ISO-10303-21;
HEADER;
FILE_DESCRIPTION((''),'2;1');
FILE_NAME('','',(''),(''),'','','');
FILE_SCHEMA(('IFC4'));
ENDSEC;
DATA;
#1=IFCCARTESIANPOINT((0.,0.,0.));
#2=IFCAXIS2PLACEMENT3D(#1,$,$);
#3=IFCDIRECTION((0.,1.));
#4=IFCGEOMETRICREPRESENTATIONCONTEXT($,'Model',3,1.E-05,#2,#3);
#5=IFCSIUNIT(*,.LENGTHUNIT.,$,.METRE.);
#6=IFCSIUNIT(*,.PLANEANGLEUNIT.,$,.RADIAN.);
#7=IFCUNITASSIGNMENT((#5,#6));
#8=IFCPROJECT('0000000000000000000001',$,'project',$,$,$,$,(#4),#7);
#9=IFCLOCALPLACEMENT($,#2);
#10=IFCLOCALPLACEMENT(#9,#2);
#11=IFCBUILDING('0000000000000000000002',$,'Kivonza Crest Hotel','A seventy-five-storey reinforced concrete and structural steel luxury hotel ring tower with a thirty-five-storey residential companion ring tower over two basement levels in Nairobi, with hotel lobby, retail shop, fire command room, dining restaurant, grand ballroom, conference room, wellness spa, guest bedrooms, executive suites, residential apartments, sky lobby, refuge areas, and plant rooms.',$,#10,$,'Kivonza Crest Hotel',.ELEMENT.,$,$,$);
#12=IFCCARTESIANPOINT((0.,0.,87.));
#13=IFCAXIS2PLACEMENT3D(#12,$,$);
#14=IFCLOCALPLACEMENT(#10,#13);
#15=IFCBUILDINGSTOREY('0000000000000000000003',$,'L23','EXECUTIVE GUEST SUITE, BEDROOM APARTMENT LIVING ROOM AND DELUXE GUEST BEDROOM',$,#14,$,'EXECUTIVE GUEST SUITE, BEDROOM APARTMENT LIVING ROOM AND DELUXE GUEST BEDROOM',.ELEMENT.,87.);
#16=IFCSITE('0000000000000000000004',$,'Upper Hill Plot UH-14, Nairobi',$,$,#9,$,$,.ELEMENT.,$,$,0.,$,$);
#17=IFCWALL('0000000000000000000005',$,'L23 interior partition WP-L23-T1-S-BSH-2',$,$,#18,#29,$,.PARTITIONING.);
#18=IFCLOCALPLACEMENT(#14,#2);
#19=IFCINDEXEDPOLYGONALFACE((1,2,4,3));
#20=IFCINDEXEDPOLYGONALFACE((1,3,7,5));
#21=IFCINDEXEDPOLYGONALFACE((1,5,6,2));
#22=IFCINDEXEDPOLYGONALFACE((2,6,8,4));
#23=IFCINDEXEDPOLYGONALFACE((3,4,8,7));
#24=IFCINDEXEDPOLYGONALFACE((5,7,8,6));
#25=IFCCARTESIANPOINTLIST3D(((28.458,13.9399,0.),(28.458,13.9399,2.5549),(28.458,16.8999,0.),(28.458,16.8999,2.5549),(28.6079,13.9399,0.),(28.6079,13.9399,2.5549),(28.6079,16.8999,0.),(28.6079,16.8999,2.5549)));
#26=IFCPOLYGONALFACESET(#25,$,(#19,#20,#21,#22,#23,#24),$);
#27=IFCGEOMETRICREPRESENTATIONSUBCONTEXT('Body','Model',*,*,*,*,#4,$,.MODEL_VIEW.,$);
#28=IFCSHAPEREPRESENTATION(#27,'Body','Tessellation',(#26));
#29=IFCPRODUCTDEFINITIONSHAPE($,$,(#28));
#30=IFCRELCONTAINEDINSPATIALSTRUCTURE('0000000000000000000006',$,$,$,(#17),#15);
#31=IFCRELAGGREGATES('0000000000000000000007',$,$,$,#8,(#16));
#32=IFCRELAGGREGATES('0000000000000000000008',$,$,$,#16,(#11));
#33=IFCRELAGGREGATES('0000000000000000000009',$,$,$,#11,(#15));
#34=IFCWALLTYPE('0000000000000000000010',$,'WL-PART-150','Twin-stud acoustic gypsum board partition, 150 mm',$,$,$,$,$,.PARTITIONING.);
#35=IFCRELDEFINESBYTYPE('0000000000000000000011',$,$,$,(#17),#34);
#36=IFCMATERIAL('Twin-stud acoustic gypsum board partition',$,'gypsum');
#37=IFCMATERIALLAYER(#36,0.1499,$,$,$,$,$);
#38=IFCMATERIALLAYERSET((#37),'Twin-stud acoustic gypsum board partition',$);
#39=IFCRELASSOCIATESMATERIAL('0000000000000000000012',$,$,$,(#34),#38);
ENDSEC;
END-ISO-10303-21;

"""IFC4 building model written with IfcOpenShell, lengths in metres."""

from ifc_helpers import new_model, si_unit, direction, frame, frame_2d, origin, place, context, subcontext, project, spatial, rectangle, extrude, material, layer, layer_set, type_object, element, save


model = new_model("IFC4")

# Units and contexts
model_context = context("Model", 3, precision=1e-05, world=origin(), true_north=direction((0.0, 1.0)))
body_context = subcontext(model_context, "Body", "Model", "MODEL_VIEW")
ifc_project = project(units=[si_unit("LENGTHUNIT", "METRE"), si_unit("PLANEANGLEUNIT", "RADIAN")], contexts=[model_context])

# Site, building, storey
site_placement = place(None, origin())
site = spatial("IfcSite", under=ifc_project, at=site_placement, Name="Upper Hill Plot UH-14, Nairobi", CompositionType="ELEMENT", RefElevation=0.0)
building_placement = place(site_placement, origin())
building = spatial("IfcBuilding", under=site, at=building_placement, Name="Kivonza Crest Hotel", Description="A seventy-five-storey reinforced concrete and structural steel luxury hotel ring tower with a thirty-five-storey residential companion ring tower over two basement levels in Nairobi, with hotel lobby, retail shop, fire command room, dining restaurant, grand ballroom, conference room, wellness spa, guest bedrooms, executive suites, residential apartments, sky lobby, refuge areas, and plant rooms.", LongName="Kivonza Crest Hotel", CompositionType="ELEMENT")
storey_placement = place(building_placement, frame((0.0, 0.0, 87.0)))
storey = spatial("IfcBuildingStorey", under=building, at=storey_placement, Name="L23", Description="EXECUTIVE GUEST SUITE, BEDROOM APARTMENT LIVING ROOM AND DELUXE GUEST BEDROOM", LongName="EXECUTIVE GUEST SUITE, BEDROOM APARTMENT LIVING ROOM AND DELUXE GUEST BEDROOM", CompositionType="ELEMENT", Elevation=87.0)

# Wall
ifc_material_1 = material(Name="Twin-stud acoustic gypsum board partition", Category="gypsum")
ifc_layer_1 = layer(ifc_material_1, 0.1499)
ifc_layer_set_1 = layer_set([ifc_layer_1], Name="Twin-stud acoustic gypsum board partition")
wall_type_1 = type_object("IfcWallType", Name="WL-PART-150", Description="Twin-stud acoustic gypsum board partition, 150 mm", PredefinedType="PARTITIONING", material=ifc_layer_set_1)
wall_1_placement = place(storey_placement, frame((28.533, 13.9399, 0.0), z_axis=(0.0, 0.0, 1.0), x_axis=(0.0, 1.0, 0.0)))
element("IfcWall", 1, at=wall_1_placement, inside=storey, type_object=wall_type_1, Name="L23 interior partition WP-L23-T1-S-BSH-2", PredefinedType="PARTITIONING", context=body_context, shape_type="SweptSolid", body=[
    extrude(rectangle(XDim=2.96, YDim=0.1499, at=frame_2d((1.48, 0.0))), origin(), (0.0, 0.0, 1.0), 2.5549),
])

save(model, "model.ifc")
